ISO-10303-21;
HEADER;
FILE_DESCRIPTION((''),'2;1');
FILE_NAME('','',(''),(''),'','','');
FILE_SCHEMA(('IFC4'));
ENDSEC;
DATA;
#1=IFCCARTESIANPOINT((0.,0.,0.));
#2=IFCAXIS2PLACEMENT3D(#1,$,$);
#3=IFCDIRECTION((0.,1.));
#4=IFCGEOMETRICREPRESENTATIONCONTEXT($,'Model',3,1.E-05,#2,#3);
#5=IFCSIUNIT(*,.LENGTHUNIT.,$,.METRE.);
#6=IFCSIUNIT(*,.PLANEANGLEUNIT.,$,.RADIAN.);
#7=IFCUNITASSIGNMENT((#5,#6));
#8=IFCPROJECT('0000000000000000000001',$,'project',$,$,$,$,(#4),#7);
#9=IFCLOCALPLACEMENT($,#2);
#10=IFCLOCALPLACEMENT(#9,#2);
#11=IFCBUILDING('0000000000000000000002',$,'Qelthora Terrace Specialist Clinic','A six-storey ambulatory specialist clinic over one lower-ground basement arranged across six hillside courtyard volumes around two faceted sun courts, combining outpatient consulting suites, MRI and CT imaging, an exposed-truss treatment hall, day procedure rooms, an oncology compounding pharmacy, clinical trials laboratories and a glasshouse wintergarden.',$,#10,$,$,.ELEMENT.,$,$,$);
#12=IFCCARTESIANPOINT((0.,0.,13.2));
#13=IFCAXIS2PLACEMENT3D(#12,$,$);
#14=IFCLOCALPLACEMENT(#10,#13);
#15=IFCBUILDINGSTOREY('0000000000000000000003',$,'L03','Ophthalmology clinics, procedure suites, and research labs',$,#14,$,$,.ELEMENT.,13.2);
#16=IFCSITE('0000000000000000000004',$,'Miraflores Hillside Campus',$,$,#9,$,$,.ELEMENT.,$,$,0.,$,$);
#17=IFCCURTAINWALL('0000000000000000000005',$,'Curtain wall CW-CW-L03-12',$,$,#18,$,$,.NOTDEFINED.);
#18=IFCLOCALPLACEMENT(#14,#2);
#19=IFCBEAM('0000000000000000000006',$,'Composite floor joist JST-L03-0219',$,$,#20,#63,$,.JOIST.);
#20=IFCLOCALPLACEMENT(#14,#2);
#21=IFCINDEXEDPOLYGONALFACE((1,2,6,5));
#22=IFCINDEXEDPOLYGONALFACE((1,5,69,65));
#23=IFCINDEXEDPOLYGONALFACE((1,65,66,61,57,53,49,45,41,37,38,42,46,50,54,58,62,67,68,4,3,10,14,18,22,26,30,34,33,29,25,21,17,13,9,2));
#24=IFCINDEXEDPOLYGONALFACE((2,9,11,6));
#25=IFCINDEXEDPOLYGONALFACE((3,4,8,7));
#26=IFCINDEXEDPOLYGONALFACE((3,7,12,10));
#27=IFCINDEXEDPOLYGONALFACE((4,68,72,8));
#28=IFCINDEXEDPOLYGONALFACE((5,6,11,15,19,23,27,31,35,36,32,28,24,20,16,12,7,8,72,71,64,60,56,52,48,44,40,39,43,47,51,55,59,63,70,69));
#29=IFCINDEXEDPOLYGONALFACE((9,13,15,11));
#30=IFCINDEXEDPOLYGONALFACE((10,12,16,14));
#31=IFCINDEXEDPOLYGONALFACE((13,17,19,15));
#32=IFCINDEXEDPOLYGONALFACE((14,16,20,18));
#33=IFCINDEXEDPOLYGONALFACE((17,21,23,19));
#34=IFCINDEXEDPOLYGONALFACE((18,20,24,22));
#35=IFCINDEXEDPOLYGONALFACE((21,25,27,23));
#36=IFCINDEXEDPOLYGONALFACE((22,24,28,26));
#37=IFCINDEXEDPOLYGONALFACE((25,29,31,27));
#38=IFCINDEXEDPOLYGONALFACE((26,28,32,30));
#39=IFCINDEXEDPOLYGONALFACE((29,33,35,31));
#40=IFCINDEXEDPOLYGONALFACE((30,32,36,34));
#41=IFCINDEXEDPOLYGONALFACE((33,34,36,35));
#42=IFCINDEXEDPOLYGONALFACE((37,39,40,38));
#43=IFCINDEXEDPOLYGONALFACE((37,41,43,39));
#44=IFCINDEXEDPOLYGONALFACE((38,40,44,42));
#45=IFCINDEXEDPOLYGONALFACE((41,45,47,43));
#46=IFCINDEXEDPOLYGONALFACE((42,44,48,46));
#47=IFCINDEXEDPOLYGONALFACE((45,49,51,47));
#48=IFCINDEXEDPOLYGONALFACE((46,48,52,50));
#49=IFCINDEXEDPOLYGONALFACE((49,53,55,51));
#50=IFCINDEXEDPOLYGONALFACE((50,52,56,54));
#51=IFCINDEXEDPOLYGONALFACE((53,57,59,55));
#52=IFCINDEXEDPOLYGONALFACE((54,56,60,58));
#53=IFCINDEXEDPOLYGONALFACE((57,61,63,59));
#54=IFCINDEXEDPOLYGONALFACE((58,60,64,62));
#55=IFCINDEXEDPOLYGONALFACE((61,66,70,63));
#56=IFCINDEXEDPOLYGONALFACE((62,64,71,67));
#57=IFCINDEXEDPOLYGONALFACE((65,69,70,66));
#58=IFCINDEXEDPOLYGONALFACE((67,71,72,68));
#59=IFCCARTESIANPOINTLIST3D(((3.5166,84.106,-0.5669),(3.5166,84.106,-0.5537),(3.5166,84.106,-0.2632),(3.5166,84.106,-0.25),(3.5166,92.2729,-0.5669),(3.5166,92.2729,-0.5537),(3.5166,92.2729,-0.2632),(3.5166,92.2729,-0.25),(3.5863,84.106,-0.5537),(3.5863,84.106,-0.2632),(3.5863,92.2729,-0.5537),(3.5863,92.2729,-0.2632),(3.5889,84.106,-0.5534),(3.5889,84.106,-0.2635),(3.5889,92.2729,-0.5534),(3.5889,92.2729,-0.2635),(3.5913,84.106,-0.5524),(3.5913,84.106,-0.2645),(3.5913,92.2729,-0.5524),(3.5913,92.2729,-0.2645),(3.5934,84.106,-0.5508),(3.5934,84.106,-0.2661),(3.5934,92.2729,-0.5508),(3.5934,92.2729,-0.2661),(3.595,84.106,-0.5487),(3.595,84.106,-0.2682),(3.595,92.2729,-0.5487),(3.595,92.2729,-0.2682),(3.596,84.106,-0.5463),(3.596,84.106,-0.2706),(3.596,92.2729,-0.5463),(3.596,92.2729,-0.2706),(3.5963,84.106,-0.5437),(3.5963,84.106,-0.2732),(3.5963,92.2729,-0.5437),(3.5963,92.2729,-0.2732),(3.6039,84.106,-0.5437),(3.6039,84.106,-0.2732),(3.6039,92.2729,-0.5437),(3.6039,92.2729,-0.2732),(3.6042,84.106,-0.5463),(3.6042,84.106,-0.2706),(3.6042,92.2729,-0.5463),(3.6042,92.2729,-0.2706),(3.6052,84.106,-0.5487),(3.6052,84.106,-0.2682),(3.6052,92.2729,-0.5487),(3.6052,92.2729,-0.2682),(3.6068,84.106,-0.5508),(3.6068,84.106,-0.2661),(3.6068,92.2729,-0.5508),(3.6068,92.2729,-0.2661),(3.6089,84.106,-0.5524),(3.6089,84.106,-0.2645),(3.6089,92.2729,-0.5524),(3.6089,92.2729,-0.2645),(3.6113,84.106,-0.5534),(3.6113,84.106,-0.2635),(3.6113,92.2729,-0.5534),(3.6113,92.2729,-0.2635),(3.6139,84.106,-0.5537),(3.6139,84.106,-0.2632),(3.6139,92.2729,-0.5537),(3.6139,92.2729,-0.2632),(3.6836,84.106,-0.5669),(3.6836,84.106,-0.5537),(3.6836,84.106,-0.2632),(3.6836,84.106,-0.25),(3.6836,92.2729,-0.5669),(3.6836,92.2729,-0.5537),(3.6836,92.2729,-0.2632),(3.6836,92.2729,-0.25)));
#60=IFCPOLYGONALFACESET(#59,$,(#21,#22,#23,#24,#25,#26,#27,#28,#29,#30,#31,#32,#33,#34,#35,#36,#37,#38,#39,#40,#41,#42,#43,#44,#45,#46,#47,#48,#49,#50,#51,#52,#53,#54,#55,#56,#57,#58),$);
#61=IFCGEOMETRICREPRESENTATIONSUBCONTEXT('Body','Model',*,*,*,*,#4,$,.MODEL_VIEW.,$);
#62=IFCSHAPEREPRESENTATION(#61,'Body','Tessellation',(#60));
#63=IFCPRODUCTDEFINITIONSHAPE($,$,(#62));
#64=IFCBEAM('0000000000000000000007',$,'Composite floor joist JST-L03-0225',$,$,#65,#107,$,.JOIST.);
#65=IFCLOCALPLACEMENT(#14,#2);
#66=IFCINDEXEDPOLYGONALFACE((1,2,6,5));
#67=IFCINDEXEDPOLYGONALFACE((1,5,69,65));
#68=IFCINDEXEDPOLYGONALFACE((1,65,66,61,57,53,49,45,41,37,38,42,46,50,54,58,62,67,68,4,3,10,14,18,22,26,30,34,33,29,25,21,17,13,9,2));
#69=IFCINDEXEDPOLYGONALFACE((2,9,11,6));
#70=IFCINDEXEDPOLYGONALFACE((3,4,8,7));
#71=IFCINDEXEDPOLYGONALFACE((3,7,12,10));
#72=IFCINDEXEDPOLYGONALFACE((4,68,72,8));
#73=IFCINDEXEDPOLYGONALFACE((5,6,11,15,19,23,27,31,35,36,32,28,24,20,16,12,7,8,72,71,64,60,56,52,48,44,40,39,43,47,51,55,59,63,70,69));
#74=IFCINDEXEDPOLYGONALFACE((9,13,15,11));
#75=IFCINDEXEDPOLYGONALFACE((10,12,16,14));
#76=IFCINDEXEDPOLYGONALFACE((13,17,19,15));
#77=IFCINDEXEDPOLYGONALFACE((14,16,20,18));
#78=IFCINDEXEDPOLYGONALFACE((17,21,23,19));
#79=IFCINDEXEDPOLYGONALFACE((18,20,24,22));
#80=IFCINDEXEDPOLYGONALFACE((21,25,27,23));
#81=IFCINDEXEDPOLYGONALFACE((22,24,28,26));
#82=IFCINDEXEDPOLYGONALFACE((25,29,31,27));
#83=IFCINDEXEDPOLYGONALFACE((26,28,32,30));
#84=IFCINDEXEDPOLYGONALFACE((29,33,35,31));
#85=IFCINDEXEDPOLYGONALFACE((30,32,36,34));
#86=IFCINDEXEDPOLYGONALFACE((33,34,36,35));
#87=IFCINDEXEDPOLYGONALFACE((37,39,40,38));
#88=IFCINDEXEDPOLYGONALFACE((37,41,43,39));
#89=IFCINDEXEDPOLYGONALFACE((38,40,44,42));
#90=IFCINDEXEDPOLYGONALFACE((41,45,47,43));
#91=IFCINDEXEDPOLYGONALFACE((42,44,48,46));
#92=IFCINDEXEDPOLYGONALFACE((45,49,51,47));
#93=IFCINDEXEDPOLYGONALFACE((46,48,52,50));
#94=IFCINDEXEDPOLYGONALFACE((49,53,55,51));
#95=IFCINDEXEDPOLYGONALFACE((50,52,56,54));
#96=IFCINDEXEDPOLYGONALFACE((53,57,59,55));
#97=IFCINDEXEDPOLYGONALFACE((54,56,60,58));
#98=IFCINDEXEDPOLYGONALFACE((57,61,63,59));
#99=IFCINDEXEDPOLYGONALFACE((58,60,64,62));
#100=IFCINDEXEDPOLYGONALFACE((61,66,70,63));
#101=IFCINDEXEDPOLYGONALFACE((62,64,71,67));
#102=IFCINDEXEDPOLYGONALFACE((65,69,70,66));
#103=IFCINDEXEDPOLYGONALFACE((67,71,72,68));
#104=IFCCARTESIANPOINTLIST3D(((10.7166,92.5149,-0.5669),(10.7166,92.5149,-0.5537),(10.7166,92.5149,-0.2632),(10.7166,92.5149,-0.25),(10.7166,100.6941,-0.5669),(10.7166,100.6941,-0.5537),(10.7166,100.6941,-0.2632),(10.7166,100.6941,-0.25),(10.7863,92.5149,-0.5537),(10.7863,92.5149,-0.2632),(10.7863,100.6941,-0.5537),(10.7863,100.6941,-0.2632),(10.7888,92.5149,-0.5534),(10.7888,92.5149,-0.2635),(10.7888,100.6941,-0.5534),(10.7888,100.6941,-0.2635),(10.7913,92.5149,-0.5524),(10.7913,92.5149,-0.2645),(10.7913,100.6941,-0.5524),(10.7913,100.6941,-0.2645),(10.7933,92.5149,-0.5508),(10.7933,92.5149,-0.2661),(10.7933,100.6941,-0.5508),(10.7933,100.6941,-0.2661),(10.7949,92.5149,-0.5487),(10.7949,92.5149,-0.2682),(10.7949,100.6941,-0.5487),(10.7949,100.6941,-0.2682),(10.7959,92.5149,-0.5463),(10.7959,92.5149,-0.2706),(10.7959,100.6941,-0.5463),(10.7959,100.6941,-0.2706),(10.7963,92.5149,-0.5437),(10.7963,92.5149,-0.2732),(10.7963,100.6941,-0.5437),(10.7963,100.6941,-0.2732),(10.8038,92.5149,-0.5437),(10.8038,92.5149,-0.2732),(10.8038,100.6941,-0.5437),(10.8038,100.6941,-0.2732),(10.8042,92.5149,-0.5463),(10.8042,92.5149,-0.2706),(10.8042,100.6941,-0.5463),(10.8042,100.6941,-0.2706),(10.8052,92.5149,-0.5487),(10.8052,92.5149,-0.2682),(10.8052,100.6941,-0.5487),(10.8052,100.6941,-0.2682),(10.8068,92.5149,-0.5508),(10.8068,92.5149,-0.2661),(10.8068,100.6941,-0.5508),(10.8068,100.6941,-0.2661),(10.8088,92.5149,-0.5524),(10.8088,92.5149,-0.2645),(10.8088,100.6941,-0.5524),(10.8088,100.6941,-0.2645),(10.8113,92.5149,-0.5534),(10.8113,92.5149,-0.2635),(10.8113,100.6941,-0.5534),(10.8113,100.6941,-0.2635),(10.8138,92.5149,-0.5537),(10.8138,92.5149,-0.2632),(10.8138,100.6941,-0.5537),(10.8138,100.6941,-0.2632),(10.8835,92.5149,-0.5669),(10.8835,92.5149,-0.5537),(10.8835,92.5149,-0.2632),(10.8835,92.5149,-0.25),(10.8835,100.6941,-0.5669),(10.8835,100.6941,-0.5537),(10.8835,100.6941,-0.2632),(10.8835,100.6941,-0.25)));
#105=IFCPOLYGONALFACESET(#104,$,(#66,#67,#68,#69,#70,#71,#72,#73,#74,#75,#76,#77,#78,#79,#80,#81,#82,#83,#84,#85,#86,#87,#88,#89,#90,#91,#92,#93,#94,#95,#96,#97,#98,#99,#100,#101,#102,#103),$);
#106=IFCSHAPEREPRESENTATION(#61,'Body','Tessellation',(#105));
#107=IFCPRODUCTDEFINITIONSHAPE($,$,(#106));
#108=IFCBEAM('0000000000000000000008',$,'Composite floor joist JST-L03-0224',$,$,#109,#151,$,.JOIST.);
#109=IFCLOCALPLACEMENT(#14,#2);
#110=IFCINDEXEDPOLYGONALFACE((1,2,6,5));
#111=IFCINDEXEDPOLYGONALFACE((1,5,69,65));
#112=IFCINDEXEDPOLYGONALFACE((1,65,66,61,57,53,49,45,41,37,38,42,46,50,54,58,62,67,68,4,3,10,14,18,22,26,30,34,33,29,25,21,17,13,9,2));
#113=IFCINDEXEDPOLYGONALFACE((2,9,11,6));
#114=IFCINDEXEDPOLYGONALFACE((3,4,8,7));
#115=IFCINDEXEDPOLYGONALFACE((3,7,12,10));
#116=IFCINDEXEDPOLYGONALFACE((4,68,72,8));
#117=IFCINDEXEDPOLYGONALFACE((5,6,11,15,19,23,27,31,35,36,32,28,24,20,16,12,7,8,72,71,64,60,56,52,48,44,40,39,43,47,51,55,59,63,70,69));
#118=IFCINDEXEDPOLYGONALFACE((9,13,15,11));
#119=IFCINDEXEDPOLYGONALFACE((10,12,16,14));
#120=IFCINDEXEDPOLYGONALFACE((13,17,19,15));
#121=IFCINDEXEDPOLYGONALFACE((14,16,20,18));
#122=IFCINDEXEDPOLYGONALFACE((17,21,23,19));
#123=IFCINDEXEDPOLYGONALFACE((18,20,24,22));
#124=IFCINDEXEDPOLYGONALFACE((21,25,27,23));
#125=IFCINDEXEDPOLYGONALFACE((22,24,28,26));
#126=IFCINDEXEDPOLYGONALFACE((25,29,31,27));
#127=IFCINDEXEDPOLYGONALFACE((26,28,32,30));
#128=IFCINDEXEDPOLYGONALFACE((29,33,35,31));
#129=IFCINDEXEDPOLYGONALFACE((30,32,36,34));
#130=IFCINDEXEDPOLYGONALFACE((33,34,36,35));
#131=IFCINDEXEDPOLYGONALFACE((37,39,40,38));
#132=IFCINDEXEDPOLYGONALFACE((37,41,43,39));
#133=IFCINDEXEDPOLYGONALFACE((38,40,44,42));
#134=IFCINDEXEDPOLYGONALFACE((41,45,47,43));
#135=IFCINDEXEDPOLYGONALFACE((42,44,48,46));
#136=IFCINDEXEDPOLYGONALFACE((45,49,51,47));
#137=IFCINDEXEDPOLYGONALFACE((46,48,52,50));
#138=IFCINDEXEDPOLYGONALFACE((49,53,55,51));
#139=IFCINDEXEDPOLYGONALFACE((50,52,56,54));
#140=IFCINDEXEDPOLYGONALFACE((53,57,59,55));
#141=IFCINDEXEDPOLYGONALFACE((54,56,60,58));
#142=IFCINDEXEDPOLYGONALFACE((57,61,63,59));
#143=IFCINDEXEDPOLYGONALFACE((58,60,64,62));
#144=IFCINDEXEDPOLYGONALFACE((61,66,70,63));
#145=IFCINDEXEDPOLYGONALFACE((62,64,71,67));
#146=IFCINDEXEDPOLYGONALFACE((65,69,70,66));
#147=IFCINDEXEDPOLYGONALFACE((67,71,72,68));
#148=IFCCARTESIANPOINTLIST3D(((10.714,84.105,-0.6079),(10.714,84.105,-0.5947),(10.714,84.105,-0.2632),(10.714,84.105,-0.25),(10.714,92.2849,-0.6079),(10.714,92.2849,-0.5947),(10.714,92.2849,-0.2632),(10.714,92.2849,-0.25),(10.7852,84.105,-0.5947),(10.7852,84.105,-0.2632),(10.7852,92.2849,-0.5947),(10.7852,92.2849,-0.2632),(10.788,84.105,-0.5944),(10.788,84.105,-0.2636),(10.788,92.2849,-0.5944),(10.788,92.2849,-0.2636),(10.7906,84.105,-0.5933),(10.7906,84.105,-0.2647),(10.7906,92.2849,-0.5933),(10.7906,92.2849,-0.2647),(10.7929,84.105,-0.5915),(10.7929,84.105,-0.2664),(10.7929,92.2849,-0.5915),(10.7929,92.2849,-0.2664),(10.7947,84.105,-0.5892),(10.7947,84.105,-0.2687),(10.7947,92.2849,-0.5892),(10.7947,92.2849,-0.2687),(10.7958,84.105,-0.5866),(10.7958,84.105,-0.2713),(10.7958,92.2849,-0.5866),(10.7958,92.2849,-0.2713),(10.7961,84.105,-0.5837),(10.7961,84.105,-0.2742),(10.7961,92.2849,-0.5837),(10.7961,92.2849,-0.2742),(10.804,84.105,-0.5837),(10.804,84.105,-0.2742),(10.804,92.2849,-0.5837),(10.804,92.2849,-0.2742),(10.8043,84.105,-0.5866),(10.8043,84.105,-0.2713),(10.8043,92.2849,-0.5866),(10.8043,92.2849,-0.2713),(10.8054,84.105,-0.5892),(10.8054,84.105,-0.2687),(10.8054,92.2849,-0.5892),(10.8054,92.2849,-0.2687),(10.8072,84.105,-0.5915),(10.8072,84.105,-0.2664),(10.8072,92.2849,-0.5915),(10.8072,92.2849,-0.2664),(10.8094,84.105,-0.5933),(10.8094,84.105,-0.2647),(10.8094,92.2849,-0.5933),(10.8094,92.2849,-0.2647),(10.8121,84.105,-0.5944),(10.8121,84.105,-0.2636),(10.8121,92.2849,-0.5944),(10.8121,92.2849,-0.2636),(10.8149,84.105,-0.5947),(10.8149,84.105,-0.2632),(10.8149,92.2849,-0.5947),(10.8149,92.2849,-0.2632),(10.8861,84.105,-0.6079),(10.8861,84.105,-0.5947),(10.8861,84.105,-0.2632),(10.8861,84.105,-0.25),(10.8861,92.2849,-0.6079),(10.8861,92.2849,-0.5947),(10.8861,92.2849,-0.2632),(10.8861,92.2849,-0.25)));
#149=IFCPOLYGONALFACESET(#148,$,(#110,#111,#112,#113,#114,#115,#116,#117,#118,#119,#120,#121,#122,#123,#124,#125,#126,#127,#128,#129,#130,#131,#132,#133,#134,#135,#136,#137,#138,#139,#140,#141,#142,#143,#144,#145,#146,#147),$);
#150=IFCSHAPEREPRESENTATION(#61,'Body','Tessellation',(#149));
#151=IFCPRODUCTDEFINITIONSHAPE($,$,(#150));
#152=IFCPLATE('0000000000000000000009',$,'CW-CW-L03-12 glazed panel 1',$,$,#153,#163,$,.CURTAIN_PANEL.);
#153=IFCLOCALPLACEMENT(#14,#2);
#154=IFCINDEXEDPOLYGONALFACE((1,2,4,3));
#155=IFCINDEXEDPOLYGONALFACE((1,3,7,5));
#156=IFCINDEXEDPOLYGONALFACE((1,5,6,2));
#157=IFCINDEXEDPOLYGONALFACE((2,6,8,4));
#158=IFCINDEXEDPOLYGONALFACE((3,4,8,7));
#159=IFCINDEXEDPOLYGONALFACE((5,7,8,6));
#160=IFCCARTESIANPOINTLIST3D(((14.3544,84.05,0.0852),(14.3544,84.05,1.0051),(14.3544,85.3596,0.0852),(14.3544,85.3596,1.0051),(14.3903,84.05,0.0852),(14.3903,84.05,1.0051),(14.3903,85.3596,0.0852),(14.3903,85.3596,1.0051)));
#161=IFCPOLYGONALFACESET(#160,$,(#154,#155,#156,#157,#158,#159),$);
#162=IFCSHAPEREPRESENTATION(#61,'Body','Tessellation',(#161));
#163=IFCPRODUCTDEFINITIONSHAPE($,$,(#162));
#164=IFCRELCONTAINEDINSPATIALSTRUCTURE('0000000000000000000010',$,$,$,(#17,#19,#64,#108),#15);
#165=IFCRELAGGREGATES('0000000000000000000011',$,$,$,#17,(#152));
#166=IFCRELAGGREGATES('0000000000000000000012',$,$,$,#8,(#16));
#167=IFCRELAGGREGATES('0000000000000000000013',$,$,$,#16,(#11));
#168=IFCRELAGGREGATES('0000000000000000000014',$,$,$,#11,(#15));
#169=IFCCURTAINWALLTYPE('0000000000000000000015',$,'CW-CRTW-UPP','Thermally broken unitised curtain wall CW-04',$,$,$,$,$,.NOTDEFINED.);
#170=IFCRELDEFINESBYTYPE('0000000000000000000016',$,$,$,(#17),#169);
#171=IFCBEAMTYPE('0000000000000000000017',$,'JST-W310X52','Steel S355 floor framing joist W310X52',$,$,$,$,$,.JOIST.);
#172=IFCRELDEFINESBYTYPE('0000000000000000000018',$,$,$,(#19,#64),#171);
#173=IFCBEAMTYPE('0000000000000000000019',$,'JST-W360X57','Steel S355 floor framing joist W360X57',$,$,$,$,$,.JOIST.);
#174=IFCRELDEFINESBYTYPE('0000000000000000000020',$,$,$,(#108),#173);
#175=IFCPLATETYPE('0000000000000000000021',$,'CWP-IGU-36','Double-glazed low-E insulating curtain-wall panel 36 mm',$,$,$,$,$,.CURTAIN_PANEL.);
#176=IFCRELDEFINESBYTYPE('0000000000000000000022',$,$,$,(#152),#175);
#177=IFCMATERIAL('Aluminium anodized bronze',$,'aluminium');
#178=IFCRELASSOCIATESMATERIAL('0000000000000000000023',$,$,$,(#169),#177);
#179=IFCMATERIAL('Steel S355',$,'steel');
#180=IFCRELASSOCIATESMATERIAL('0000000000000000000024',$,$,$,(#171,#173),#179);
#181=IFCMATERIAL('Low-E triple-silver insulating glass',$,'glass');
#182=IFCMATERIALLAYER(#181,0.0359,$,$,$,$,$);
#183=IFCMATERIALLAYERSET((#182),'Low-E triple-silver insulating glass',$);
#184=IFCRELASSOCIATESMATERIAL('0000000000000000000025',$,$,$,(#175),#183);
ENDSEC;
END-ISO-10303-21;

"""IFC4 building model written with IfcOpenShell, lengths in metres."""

from ifc_helpers import new_model, si_unit, direction, frame, origin, origin_2d, place, context, subcontext, project, spatial, rectangle, i_section, extrude, material, layer, layer_set, material_profile, profile_set, type_object, element, aggregate, save


model = new_model("IFC4")

# Units and contexts
model_context = context("Model", 3, precision=1e-05, world=origin(), true_north=direction((0.0, 1.0)))
body_context = subcontext(model_context, "Body", "Model", "MODEL_VIEW")
ifc_project = project(units=[si_unit("LENGTHUNIT", "METRE"), si_unit("PLANEANGLEUNIT", "RADIAN")], contexts=[model_context])

# Site, building, storey
site_placement = place(None, origin())
site = spatial("IfcSite", under=ifc_project, at=site_placement, Name="Miraflores Hillside Campus", CompositionType="ELEMENT", RefElevation=0.0)
building_placement = place(site_placement, origin())
building = spatial("IfcBuilding", under=site, at=building_placement, Name="Qelthora Terrace Specialist Clinic", Description="A six-storey ambulatory specialist clinic over one lower-ground basement arranged across six hillside courtyard volumes around two faceted sun courts, combining outpatient consulting suites, MRI and CT imaging, an exposed-truss treatment hall, day procedure rooms, an oncology compounding pharmacy, clinical trials laboratories and a glasshouse wintergarden.", CompositionType="ELEMENT")
storey_placement = place(building_placement, frame((0.0, 0.0, 13.2)))
storey = spatial("IfcBuildingStorey", under=building, at=storey_placement, Name="L03", Description="Ophthalmology clinics, procedure suites, and research labs", CompositionType="ELEMENT", Elevation=13.2)

# Shared definitions
ifc_material_1 = material(Name="Steel S355", Category="steel")

# Curtain wall
ifc_material_2 = material(Name="Aluminium anodized bronze", Category="aluminium")
curtain_wall_type = type_object("IfcCurtainWallType", Name="CW-CRTW-UPP", Description="Thermally broken unitised curtain wall CW-04", PredefinedType="NOTDEFINED", material=ifc_material_2)
curtain_wall_placement = place(storey_placement, origin())
curtain_wall = element("IfcCurtainWall", 1, at=curtain_wall_placement, inside=storey, type_object=curtain_wall_type, Name="Curtain wall CW-CW-L03-12", PredefinedType="NOTDEFINED")

# Beams
ifc_material_profile_1 = material_profile(ifc_material_1, i_section(OverallWidth=0.167, OverallDepth=0.3169, WebThickness=0.0076, FlangeThickness=0.0132, FilletRadius=0.01, at=origin_2d()), Name="W310X52")
ifc_profile_set_1 = profile_set([ifc_material_profile_1], Name="Steel S355")
beam_type_1 = type_object("IfcBeamType", Name="JST-W310X52", Description="Steel S355 floor framing joist W310X52", PredefinedType="JOIST", material=ifc_profile_set_1)
beam_1_placement = place(storey_placement, frame((3.6001, 84.106, -0.4084), z_axis=(0.0, 1.0, 0.0), x_axis=(-1.0, 0.0, 0.0)))
element("IfcBeam", 2, at=beam_1_placement, inside=storey, type_object=beam_type_1, Name="Composite floor joist JST-L03-0219", PredefinedType="JOIST", context=body_context, shape_type="SweptSolid", body=[
    extrude(i_section(OverallWidth=0.167, OverallDepth=0.3169, WebThickness=0.0076, FlangeThickness=0.0132, FilletRadius=0.01, at=origin_2d()), origin(), (0.0, 0.0, 1.0), 8.167),
])
beam_2_placement = place(storey_placement, frame((10.8, 92.5149, -0.4084), z_axis=(0.0, 1.0, 0.0), x_axis=(-1.0, 0.0, 0.0)))
element("IfcBeam", 3, at=beam_2_placement, inside=storey, type_object=beam_type_1, Name="Composite floor joist JST-L03-0225", PredefinedType="JOIST", context=body_context, shape_type="SweptSolid", body=[
    extrude(i_section(OverallWidth=0.167, OverallDepth=0.3169, WebThickness=0.0076, FlangeThickness=0.0132, FilletRadius=0.01, at=origin_2d()), origin(), (0.0, 0.0, 1.0), 8.1792),
])
ifc_material_profile_2 = material_profile(ifc_material_1, i_section(OverallWidth=0.1721, OverallDepth=0.3579, WebThickness=0.0078, FlangeThickness=0.0132, FilletRadius=0.011, at=origin_2d()), Name="W360X57")
ifc_profile_set_2 = profile_set([ifc_material_profile_2], Name="Steel S355")
beam_type_2 = type_object("IfcBeamType", Name="JST-W360X57", Description="Steel S355 floor framing joist W360X57", PredefinedType="JOIST", material=ifc_profile_set_2)
beam_3_placement = place(storey_placement, frame((10.8, 84.105, -0.429), z_axis=(0.0, 1.0, 0.0), x_axis=(-1.0, 0.0, 0.0)))
element("IfcBeam", 4, at=beam_3_placement, inside=storey, type_object=beam_type_2, Name="Composite floor joist JST-L03-0224", PredefinedType="JOIST", context=body_context, shape_type="SweptSolid", body=[
    extrude(i_section(OverallWidth=0.1721, OverallDepth=0.3579, WebThickness=0.0078, FlangeThickness=0.0132, FilletRadius=0.011, at=origin_2d()), origin(), (0.0, 0.0, 1.0), 8.1799),
])

# Plate
ifc_material_3 = material(Name="Low-E triple-silver insulating glass", Category="glass")
ifc_layer_1 = layer(ifc_material_3, 0.0359)
ifc_layer_set_1 = layer_set([ifc_layer_1], Name="Low-E triple-silver insulating glass")
plate_type = type_object("IfcPlateType", Name="CWP-IGU-36", Description="Double-glazed low-E insulating curtain-wall panel 36 mm", PredefinedType="CURTAIN_PANEL", material=ifc_layer_set_1)
plate_placement = place(storey_placement, frame((14.3723, 84.7048, 0.0852), z_axis=(0.0, 0.0, 1.0), x_axis=(0.0, -1.0, 0.0)))
plate = element("IfcPlate", 5, at=plate_placement, type_object=plate_type, Name="CW-CW-L03-12 glazed panel 1", PredefinedType="CURTAIN_PANEL", context=body_context, shape_type="SweptSolid", body=[
    extrude(rectangle(XDim=1.3096, YDim=0.0359, at=origin_2d()), origin(), (0.0, 0.0, 1.0), 0.9199),
])
aggregate(curtain_wall, [plate])

save(model, "model.ifc")
